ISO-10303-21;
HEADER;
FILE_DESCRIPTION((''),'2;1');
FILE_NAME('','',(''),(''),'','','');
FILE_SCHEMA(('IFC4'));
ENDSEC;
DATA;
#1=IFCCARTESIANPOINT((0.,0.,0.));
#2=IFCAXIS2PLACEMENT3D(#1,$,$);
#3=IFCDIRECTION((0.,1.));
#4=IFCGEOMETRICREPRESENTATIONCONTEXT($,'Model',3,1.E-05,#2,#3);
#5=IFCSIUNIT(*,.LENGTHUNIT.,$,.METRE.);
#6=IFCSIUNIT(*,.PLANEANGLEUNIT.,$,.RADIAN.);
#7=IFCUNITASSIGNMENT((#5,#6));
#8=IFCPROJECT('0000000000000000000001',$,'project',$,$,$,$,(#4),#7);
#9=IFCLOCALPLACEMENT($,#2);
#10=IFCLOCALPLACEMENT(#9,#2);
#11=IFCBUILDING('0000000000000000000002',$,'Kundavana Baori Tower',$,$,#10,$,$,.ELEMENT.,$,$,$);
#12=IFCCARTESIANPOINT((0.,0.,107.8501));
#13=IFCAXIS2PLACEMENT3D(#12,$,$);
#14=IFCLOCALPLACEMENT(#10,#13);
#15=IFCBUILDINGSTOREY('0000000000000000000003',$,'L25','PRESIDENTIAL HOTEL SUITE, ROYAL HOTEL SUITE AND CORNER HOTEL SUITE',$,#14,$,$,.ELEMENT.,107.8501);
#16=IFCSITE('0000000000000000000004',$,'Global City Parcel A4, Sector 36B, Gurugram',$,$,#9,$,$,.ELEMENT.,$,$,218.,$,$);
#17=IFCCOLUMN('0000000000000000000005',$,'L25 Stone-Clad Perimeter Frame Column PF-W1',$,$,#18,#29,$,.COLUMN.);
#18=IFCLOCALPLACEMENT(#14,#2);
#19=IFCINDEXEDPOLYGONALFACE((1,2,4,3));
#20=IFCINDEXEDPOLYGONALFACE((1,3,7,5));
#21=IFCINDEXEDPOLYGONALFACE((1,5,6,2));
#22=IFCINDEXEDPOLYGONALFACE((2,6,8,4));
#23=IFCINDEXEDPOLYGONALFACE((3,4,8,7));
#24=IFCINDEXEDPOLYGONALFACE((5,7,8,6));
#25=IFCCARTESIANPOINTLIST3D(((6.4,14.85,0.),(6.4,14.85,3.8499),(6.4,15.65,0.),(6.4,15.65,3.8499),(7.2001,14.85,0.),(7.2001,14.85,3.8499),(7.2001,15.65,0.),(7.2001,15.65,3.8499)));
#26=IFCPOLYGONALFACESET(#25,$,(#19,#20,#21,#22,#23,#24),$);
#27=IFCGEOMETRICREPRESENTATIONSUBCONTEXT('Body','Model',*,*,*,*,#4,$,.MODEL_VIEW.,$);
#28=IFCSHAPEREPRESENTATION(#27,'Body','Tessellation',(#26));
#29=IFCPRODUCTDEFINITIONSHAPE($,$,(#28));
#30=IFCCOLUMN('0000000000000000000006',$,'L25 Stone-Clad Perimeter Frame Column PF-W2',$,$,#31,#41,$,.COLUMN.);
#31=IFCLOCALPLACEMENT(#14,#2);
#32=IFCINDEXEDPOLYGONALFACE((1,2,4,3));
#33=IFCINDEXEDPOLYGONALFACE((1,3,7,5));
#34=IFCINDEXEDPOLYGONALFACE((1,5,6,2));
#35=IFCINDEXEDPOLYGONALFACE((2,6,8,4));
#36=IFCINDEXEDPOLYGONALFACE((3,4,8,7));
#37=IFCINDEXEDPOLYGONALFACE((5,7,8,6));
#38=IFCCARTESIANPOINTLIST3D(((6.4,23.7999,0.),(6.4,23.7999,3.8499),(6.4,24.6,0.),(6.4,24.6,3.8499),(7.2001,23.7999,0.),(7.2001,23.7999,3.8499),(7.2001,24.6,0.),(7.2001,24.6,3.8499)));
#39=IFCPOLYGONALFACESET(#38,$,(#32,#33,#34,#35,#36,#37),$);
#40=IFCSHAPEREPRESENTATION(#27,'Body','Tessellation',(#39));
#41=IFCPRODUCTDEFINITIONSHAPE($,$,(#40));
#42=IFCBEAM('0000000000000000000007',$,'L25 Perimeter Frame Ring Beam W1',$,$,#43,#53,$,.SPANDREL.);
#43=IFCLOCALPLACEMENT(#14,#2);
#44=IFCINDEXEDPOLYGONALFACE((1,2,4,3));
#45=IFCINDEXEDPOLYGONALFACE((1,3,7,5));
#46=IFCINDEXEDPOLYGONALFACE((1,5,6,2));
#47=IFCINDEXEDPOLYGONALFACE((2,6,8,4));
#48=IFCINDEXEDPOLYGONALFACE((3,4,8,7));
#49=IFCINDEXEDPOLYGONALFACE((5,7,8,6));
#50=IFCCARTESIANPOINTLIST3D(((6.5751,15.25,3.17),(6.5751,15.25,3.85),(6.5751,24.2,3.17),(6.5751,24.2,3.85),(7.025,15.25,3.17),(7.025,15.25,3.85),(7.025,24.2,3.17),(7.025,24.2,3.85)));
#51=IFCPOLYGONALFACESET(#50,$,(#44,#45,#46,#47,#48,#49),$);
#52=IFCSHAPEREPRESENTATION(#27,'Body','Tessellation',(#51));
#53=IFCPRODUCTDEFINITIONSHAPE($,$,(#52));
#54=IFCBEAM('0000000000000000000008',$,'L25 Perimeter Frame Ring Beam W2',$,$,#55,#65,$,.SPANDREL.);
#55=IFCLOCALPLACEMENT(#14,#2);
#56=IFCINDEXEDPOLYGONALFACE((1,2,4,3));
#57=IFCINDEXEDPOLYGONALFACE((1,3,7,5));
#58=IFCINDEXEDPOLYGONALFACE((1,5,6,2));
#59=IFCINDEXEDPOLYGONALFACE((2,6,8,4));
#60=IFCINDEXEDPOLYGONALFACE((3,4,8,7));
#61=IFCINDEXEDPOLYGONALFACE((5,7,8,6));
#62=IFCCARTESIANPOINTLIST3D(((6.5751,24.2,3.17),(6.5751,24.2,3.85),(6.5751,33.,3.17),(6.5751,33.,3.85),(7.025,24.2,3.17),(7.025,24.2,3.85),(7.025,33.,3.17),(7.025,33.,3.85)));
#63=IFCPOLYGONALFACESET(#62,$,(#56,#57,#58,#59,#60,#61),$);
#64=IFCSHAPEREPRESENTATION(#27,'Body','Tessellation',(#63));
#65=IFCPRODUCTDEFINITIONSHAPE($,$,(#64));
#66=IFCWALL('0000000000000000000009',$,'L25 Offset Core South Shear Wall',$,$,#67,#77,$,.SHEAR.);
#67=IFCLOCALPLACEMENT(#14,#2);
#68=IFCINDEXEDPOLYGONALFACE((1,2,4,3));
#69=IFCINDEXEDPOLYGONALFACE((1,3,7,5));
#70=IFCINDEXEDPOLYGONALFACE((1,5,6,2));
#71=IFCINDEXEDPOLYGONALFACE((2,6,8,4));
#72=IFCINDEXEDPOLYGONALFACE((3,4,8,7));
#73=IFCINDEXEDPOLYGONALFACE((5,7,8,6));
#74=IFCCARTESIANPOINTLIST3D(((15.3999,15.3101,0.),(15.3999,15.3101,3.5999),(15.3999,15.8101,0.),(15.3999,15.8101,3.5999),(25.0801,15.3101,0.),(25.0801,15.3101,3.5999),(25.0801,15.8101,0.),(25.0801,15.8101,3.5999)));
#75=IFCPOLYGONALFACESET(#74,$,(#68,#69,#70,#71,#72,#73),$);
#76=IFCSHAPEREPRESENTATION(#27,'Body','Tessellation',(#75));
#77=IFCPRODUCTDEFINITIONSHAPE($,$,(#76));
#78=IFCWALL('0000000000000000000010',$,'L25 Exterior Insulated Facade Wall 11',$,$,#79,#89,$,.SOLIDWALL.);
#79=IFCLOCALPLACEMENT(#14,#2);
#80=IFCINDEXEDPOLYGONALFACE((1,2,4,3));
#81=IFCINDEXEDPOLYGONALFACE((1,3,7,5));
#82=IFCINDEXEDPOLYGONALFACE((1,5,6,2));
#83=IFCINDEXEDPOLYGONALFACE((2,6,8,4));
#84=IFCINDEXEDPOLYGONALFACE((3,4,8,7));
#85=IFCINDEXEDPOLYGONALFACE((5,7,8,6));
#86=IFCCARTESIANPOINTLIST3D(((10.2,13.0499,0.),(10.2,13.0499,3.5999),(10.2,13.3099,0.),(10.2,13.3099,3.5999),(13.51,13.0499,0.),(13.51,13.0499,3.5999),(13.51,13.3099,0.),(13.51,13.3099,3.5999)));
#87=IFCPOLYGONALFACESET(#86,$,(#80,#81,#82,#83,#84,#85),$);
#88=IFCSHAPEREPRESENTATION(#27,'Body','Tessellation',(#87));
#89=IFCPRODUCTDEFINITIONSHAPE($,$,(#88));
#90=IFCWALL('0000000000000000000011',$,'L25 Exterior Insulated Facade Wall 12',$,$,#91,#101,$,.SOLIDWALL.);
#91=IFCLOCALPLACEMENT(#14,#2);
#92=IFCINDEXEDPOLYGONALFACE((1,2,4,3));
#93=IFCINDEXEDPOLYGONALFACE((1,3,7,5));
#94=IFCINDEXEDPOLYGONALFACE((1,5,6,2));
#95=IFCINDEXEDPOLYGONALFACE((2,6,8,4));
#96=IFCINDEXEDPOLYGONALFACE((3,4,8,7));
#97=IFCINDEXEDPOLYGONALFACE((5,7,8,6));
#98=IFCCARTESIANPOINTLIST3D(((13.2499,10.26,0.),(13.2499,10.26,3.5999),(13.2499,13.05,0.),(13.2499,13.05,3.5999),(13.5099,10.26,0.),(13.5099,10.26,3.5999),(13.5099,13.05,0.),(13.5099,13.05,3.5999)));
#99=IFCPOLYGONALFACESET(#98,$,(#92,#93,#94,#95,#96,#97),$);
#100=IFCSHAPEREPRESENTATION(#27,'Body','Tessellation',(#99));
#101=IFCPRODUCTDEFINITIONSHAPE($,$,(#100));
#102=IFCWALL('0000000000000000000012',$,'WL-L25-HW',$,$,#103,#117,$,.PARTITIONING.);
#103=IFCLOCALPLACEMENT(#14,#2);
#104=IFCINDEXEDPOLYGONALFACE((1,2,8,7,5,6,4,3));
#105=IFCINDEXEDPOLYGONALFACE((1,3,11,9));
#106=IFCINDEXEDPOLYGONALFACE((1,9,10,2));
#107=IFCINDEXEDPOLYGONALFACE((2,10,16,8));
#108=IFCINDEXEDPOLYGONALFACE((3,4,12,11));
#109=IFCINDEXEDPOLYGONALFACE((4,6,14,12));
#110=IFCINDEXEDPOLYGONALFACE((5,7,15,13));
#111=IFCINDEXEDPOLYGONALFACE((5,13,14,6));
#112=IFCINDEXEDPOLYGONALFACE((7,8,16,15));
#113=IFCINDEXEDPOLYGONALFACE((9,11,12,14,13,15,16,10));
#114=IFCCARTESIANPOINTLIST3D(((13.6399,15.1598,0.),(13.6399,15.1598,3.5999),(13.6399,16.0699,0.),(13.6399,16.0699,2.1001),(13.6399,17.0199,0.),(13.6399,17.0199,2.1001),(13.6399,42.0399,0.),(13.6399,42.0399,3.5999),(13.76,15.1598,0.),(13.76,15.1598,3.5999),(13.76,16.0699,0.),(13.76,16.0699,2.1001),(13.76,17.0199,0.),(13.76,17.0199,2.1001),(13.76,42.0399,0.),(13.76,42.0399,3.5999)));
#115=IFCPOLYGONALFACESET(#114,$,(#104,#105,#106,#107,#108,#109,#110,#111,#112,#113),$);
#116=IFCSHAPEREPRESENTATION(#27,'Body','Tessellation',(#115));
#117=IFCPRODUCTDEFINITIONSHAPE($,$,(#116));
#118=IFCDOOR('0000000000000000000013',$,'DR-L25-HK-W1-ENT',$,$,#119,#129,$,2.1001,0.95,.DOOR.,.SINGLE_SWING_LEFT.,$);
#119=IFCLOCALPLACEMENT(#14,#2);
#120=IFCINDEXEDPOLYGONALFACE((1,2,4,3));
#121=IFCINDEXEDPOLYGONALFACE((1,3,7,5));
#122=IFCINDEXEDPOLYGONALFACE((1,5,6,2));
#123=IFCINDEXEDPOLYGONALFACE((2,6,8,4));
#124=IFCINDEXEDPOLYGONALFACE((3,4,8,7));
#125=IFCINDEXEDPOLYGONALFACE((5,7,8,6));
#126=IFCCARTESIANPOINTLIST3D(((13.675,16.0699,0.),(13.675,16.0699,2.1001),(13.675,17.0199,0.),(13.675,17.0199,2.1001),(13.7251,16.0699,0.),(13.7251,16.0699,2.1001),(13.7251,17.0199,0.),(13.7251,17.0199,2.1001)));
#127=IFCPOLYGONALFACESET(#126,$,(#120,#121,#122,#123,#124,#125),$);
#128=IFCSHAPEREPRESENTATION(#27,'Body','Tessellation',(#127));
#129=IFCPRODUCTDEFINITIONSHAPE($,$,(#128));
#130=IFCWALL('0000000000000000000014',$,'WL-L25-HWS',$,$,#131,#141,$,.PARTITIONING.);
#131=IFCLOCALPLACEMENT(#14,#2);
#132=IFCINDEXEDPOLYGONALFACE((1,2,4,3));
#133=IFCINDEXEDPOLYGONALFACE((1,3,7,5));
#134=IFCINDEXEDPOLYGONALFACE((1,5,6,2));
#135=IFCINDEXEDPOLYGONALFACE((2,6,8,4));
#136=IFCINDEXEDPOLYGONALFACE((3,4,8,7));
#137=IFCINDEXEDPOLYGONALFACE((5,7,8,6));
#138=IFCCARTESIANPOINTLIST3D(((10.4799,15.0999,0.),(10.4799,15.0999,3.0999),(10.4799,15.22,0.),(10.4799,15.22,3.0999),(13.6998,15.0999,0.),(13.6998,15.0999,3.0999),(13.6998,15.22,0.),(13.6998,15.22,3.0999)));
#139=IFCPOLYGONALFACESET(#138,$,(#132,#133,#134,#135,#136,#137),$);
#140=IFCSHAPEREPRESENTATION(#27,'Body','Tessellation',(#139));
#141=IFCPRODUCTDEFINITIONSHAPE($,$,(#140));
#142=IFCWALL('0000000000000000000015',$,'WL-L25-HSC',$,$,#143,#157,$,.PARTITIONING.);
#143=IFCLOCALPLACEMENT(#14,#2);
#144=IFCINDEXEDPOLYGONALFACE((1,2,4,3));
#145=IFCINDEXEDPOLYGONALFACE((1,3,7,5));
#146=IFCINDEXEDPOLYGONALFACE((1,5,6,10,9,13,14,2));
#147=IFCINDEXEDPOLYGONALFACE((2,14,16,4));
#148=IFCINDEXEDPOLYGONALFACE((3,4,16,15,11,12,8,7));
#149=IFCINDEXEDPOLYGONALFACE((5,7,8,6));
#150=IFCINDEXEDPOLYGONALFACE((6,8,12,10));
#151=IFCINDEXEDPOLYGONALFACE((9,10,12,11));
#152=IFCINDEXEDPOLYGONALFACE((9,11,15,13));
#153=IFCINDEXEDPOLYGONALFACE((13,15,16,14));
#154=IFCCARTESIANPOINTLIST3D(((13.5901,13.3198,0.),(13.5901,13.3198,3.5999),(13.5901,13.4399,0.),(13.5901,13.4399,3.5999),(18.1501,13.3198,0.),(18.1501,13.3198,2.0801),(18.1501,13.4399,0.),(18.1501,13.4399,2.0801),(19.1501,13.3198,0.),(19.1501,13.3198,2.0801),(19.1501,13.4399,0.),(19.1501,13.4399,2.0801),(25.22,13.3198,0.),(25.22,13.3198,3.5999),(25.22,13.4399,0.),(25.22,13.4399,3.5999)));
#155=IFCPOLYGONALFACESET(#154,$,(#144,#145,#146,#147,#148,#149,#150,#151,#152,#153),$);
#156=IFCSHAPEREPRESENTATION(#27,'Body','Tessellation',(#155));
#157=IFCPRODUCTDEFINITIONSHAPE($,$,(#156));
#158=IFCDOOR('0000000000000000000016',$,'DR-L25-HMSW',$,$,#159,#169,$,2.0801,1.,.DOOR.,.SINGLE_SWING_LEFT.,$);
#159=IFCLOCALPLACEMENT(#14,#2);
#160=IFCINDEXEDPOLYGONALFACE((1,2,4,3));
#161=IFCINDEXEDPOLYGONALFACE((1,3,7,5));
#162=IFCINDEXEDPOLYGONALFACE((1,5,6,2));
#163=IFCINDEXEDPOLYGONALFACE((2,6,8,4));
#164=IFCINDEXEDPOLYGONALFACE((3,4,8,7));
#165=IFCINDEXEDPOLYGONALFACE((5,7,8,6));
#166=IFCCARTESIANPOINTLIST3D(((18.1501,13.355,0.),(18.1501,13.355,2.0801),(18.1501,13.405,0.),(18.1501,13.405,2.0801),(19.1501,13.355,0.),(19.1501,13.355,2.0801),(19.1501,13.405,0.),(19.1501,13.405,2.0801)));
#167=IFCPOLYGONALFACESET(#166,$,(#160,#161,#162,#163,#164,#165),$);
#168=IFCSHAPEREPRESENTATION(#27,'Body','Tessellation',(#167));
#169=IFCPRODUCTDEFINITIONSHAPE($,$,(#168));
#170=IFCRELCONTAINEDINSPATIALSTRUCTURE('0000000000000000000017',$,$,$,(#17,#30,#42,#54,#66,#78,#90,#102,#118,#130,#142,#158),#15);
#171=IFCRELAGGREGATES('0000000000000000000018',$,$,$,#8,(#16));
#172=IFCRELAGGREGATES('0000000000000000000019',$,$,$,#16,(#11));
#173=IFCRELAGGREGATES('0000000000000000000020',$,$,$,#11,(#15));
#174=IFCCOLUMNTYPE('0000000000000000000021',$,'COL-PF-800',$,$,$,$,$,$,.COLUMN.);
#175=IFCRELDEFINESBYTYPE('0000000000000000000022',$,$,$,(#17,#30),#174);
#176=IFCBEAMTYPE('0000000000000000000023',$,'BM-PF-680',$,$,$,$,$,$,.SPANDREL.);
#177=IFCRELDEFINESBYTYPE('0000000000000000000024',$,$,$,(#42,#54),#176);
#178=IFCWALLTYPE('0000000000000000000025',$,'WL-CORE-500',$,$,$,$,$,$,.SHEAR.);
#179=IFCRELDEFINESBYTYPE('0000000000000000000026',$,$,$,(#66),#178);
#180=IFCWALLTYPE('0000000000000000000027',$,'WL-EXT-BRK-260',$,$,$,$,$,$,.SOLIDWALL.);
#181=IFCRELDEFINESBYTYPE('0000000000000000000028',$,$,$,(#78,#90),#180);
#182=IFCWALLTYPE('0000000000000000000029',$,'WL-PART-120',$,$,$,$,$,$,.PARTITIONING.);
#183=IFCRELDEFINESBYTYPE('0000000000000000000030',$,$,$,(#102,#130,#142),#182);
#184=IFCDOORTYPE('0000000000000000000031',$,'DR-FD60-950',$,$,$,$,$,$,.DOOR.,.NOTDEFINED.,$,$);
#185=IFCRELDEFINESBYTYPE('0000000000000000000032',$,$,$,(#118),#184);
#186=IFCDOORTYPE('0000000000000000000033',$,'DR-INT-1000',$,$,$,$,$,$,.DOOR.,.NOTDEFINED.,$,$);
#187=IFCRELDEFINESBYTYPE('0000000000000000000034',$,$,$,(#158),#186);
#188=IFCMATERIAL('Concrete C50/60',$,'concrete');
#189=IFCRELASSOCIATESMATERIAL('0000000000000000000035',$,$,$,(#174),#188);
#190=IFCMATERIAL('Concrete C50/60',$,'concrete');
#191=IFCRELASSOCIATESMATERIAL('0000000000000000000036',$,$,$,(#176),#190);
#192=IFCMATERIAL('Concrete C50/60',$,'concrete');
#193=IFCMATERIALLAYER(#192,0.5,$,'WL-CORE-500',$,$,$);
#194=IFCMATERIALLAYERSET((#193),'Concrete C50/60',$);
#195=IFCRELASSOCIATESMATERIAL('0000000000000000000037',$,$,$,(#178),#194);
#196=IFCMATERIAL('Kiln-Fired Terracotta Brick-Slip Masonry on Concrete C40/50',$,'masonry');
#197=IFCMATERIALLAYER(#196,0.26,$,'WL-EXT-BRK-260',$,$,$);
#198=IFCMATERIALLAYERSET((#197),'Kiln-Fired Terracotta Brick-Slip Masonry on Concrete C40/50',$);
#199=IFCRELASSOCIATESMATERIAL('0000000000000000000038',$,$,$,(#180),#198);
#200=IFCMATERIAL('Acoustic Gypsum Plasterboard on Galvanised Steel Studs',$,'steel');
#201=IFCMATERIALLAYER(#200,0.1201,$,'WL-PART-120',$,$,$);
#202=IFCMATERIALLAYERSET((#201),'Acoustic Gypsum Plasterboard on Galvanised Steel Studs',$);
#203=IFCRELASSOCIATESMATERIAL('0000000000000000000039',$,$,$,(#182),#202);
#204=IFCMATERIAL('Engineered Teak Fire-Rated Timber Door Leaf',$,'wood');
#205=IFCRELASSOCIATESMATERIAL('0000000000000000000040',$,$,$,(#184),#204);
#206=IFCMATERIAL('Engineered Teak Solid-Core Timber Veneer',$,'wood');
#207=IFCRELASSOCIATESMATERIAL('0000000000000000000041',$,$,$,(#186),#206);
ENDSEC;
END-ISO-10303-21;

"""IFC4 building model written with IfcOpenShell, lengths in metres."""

from ifc_helpers import new_model, si_unit, direction, frame, frame_2d, origin, origin_2d, place, context, subcontext, project, spatial, rectangle, extrude, material, layer, layer_set, material_profile, profile_set, type_object, element, fill, save


model = new_model("IFC4")

# Units and contexts
model_context = context("Model", 3, precision=1e-05, world=origin(), true_north=direction((0.0, 1.0)))
body_context = subcontext(model_context, "Body", "Model", "MODEL_VIEW")
ifc_project = project(units=[si_unit("LENGTHUNIT", "METRE"), si_unit("PLANEANGLEUNIT", "RADIAN")], contexts=[model_context])

# Site, building, storey
site_placement = place(None, origin())
site = spatial("IfcSite", under=ifc_project, at=site_placement, Name="Global City Parcel A4, Sector 36B, Gurugram", CompositionType="ELEMENT", RefElevation=218.0)
building_placement = place(site_placement, origin())
building = spatial("IfcBuilding", under=site, at=building_placement, Name="Kundavana Baori Tower", CompositionType="ELEMENT")
storey_placement = place(building_placement, frame((0.0, 0.0, 107.8501)))
storey = spatial("IfcBuildingStorey", under=building, at=storey_placement, Name="L25", Description="PRESIDENTIAL HOTEL SUITE, ROYAL HOTEL SUITE AND CORNER HOTEL SUITE", CompositionType="ELEMENT", Elevation=107.8501)

# Columns
ifc_material_1 = material(Name="Concrete C50/60", Category="concrete")
ifc_material_profile_1 = material_profile(ifc_material_1, rectangle(XDim=0.8, YDim=0.8, at=origin_2d()), Name="RC PF 800x800")
ifc_profile_set_1 = profile_set([ifc_material_profile_1], Name="Concrete C50/60")
column_type = type_object("IfcColumnType", Name="COL-PF-800", PredefinedType="COLUMN", material=ifc_profile_set_1)
for number, where, z_axis, x_axis, name in (
    (1, (6.8, 15.25, 0.0), (0.0, 0.0, 1.0), (1.0, 0.0, 0.0), "L25 Stone-Clad Perimeter Frame Column PF-W1"),
    (2, (6.8, 24.2, 0.0), (0.0, 0.0, 1.0), (1.0, 0.0, 0.0), "L25 Stone-Clad Perimeter Frame Column PF-W2"),
):
    element("IfcColumn", number, at=place(storey_placement, frame(where, z_axis=z_axis, x_axis=x_axis)), inside=storey, type_object=column_type, Name=name, PredefinedType="COLUMN", context=body_context, shape_type="SweptSolid", body=[
        extrude(rectangle(XDim=0.8, YDim=0.8, at=origin_2d()), origin(), (0.0, 0.0, 1.0), 3.8499),
    ])

# Beams
ifc_material_2 = material(Name="Concrete C50/60", Category="concrete")
ifc_material_profile_2 = material_profile(ifc_material_2, rectangle(XDim=0.45, YDim=0.6799, at=origin_2d()), Name="RC BM 450x680")
ifc_profile_set_2 = profile_set([ifc_material_profile_2], Name="Concrete C50/60")
beam_type = type_object("IfcBeamType", Name="BM-PF-680", PredefinedType="SPANDREL", material=ifc_profile_set_2)
beam_1_placement = place(storey_placement, frame((6.8, 15.25, 3.51), z_axis=(0.0, 1.0, 0.0), x_axis=(-1.0, 0.0, 0.0)))
element("IfcBeam", 3, at=beam_1_placement, inside=storey, type_object=beam_type, Name="L25 Perimeter Frame Ring Beam W1", PredefinedType="SPANDREL", context=body_context, shape_type="SweptSolid", body=[
    extrude(rectangle(XDim=0.45, YDim=0.6799, at=origin_2d()), origin(), (0.0, 0.0, 1.0), 8.95),
])
beam_2_placement = place(storey_placement, frame((6.8, 24.2, 3.51), z_axis=(0.0, 1.0, 0.0), x_axis=(-1.0, 0.0, 0.0)))
element("IfcBeam", 4, at=beam_2_placement, inside=storey, type_object=beam_type, Name="L25 Perimeter Frame Ring Beam W2", PredefinedType="SPANDREL", context=body_context, shape_type="SweptSolid", body=[
    extrude(rectangle(XDim=0.45, YDim=0.6799, at=origin_2d()), origin(), (0.0, 0.0, 1.0), 8.8),
])

# Walls
ifc_material_3 = material(Name="Concrete C50/60", Category="concrete")
ifc_layer_1 = layer(ifc_material_3, 0.5, Name="WL-CORE-500")
ifc_layer_set_1 = layer_set([ifc_layer_1], Name="Concrete C50/60")
wall_type_1 = type_object("IfcWallType", Name="WL-CORE-500", PredefinedType="SHEAR", material=ifc_layer_set_1)
wall_1_placement = place(storey_placement, frame((15.3999, 15.5601, 0.0), z_axis=(0.0, 0.0, 1.0), x_axis=(1.0, 0.0, 0.0)))
element("IfcWall", 5, at=wall_1_placement, inside=storey, type_object=wall_type_1, Name="L25 Offset Core South Shear Wall", PredefinedType="SHEAR", context=body_context, shape_type="SweptSolid", body=[
    extrude(rectangle(XDim=9.6802, YDim=0.5, at=frame_2d((4.8401, 0.0))), origin(), (0.0, 0.0, 1.0), 3.5999),
])
ifc_material_4 = material(Name="Kiln-Fired Terracotta Brick-Slip Masonry on Concrete C40/50", Category="masonry")
ifc_layer_2 = layer(ifc_material_4, 0.26, Name="WL-EXT-BRK-260")
ifc_layer_set_2 = layer_set([ifc_layer_2], Name="Kiln-Fired Terracotta Brick-Slip Masonry on Concrete C40/50")
wall_type_2 = type_object("IfcWallType", Name="WL-EXT-BRK-260", PredefinedType="SOLIDWALL", material=ifc_layer_set_2)
wall_2_placement = place(storey_placement, frame((10.2, 13.1799, 0.0), z_axis=(0.0, 0.0, 1.0), x_axis=(1.0, 0.0, 0.0)))
element("IfcWall", 6, at=wall_2_placement, inside=storey, type_object=wall_type_2, Name="L25 Exterior Insulated Facade Wall 11", PredefinedType="SOLIDWALL", context=body_context, shape_type="SweptSolid", body=[
    extrude(rectangle(XDim=3.3101, YDim=0.26, at=frame_2d((1.655, 0.0))), origin(), (0.0, 0.0, 1.0), 3.5999),
])
wall_3_placement = place(storey_placement, frame((13.3799, 13.05, 0.0), z_axis=(0.0, 0.0, 1.0), x_axis=(0.0, -1.0, 0.0)))
element("IfcWall", 7, at=wall_3_placement, inside=storey, type_object=wall_type_2, Name="L25 Exterior Insulated Facade Wall 12", PredefinedType="SOLIDWALL", context=body_context, shape_type="SweptSolid", body=[
    extrude(rectangle(XDim=2.79, YDim=0.26, at=frame_2d((1.395, 0.0))), origin(), (0.0, 0.0, 1.0), 3.5999),
])

# Wall, opening, door
ifc_material_5 = material(Name="Acoustic Gypsum Plasterboard on Galvanised Steel Studs", Category="steel")
ifc_layer_3 = layer(ifc_material_5, 0.1201, Name="WL-PART-120")
ifc_layer_set_3 = layer_set([ifc_layer_3], Name="Acoustic Gypsum Plasterboard on Galvanised Steel Studs")
wall_type_3 = type_object("IfcWallType", Name="WL-PART-120", PredefinedType="PARTITIONING", material=ifc_layer_set_3)
wall_4_placement = place(storey_placement, frame((13.7, 15.1599, 0.0), z_axis=(0.0, 0.0, 1.0), x_axis=(0.0, 1.0, 0.0)))
wall_4 = element("IfcWall", 8, at=wall_4_placement, inside=storey, type_object=wall_type_3, Name="WL-L25-HW", PredefinedType="PARTITIONING", context=body_context, shape_type="SweptSolid", body=[
    extrude(rectangle(XDim=26.8801, YDim=0.1201, at=frame_2d((13.4399, 0.0))), origin(), (0.0, 0.0, 1.0), 3.5999),
])
opening_1_placement = place(wall_4_placement, frame((0.9099, 0.0, 0.0)))
opening_1 = element("IfcOpeningElement", 9, at=opening_1_placement, cuts=wall_4, PredefinedType="OPENING", context=body_context, shape_type="SweptSolid", body=[
    extrude(rectangle(XDim=0.95, YDim=2.1001, at=frame_2d((0.4751, 1.05))), frame((0.0, 0.0701, 0.0), z_axis=(0.0, -1.0, 0.0), x_axis=(1.0, 0.0, 0.0)), (0.0, 0.0, 1.0), 0.1401),
])
ifc_material_6 = material(Name="Engineered Teak Fire-Rated Timber Door Leaf", Category="wood")
door_type_1 = type_object("IfcDoorType", Name="DR-FD60-950", OperationType="NOTDEFINED", PredefinedType="DOOR", material=ifc_material_6)
door_1_placement = place(opening_1_placement, origin())
door_1 = element("IfcDoor", 10, at=door_1_placement, inside=storey, type_object=door_type_1, Name="DR-L25-HK-W1-ENT", OperationType="SINGLE_SWING_LEFT", OverallHeight=2.1001, OverallWidth=0.95, PredefinedType="DOOR", context=body_context, shape_type="SweptSolid", body=[
    extrude(rectangle(XDim=0.95, YDim=2.1001, at=frame_2d((0.4751, 1.05))), frame((0.0, 0.0249, 0.0), z_axis=(0.0, -1.0, 0.0), x_axis=(1.0, 0.0, 0.0)), (0.0, 0.0, 1.0), 0.05),
])
fill(opening_1, door_1)

# Wall
wall_5_placement = place(storey_placement, frame((10.48, 15.1599, 0.0), z_axis=(0.0, 0.0, 1.0), x_axis=(1.0, 0.0, 0.0)))
element("IfcWall", 11, at=wall_5_placement, inside=storey, type_object=wall_type_3, Name="WL-L25-HWS", PredefinedType="PARTITIONING", context=body_context, shape_type="SweptSolid", body=[
    extrude(rectangle(XDim=3.22, YDim=0.1201, at=frame_2d((1.6099, 0.0))), origin(), (0.0, 0.0, 1.0), 3.0999),
])

# Wall, opening, door
wall_6_placement = place(storey_placement, frame((13.5901, 13.3799, 0.0), z_axis=(0.0, 0.0, 1.0), x_axis=(1.0, 0.0, 0.0)))
wall_6 = element("IfcWall", 12, at=wall_6_placement, inside=storey, type_object=wall_type_3, Name="WL-L25-HSC", PredefinedType="PARTITIONING", context=body_context, shape_type="SweptSolid", body=[
    extrude(rectangle(XDim=11.6299, YDim=0.1201, at=frame_2d((5.8149, 0.0))), origin(), (0.0, 0.0, 1.0), 3.5999),
])
opening_2_placement = place(wall_6_placement, frame((4.5601, 0.0, 0.0)))
opening_2 = element("IfcOpeningElement", 13, at=opening_2_placement, cuts=wall_6, PredefinedType="OPENING", context=body_context, shape_type="SweptSolid", body=[
    extrude(rectangle(XDim=1.0, YDim=2.0801, at=frame_2d((0.5, 1.04))), frame((0.0, 0.0701, 0.0), z_axis=(0.0, -1.0, 0.0), x_axis=(1.0, 0.0, 0.0)), (0.0, 0.0, 1.0), 0.1401),
])
ifc_material_7 = material(Name="Engineered Teak Solid-Core Timber Veneer", Category="wood")
door_type_2 = type_object("IfcDoorType", Name="DR-INT-1000", OperationType="NOTDEFINED", PredefinedType="DOOR", material=ifc_material_7)
door_2_placement = place(opening_2_placement, frame((1.0, 0.0, 0.0), z_axis=(0.0, 0.0, 1.0), x_axis=(-1.0, 0.0, 0.0)))
door_2 = element("IfcDoor", 14, at=door_2_placement, inside=storey, type_object=door_type_2, Name="DR-L25-HMSW", OperationType="SINGLE_SWING_LEFT", OverallHeight=2.0801, OverallWidth=1.0, PredefinedType="DOOR", context=body_context, shape_type="SweptSolid", body=[
    extrude(rectangle(XDim=1.0, YDim=2.0801, at=frame_2d((0.5, 1.04))), frame((0.0, 0.0249, 0.0), z_axis=(0.0, -1.0, 0.0), x_axis=(1.0, 0.0, 0.0)), (0.0, 0.0, 1.0), 0.05),
])
fill(opening_2, door_2)

save(model, "model.ifc")
